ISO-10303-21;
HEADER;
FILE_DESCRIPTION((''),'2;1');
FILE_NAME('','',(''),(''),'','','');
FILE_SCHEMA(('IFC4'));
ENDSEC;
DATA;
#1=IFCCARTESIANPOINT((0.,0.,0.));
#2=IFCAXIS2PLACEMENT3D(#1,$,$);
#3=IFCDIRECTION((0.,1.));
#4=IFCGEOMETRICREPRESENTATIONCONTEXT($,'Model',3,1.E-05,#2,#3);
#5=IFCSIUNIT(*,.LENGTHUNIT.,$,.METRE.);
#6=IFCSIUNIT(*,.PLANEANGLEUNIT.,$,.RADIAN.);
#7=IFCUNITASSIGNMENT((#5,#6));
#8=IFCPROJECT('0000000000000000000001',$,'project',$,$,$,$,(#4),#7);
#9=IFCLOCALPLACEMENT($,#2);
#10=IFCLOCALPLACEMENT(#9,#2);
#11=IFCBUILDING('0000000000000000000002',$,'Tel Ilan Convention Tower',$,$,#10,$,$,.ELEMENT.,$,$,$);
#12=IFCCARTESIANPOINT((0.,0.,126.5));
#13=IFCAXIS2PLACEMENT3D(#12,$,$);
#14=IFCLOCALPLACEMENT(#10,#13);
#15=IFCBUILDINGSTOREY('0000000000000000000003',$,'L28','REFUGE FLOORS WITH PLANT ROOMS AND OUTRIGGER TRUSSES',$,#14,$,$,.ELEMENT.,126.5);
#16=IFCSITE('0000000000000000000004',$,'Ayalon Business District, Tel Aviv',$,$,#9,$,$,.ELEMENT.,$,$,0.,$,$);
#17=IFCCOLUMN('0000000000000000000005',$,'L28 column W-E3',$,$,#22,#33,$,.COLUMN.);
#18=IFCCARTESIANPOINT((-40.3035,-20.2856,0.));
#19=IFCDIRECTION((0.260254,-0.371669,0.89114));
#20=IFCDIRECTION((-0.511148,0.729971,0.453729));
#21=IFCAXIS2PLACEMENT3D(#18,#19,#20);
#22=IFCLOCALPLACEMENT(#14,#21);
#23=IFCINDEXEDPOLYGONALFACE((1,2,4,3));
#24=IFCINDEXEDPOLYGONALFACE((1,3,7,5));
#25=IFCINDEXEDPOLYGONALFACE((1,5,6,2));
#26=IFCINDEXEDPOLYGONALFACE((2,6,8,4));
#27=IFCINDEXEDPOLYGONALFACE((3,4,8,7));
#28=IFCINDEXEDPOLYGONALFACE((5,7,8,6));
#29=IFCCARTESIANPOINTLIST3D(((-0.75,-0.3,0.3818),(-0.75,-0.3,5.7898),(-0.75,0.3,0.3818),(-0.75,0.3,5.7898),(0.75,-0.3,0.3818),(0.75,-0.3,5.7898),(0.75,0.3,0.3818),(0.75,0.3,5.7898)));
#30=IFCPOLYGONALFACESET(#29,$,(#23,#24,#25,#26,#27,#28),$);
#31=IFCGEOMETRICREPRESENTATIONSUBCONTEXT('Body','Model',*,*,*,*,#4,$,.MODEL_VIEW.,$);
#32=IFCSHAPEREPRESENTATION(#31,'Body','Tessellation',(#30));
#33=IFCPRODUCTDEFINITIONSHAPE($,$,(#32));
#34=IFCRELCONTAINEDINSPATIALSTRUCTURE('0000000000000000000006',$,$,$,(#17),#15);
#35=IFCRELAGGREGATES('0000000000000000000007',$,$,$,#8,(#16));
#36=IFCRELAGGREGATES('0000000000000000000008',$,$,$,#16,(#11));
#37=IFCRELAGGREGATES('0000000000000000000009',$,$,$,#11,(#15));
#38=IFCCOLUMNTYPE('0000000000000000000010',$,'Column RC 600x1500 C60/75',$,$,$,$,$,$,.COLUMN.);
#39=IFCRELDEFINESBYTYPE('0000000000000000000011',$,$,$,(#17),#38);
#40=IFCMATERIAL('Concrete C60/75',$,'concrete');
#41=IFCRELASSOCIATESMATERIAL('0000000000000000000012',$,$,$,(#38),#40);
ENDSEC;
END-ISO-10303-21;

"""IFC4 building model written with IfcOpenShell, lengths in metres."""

from ifc_helpers import new_model, si_unit, direction, frame, origin, origin_2d, place, context, subcontext, project, spatial, rectangle, extrude, clip, halfspace, material, material_profile, profile_set, type_object, element, save


model = new_model("IFC4")

# Units and contexts
model_context = context("Model", 3, precision=1e-05, world=origin(), true_north=direction((0.0, 1.0)))
body_context = subcontext(model_context, "Body", "Model", "MODEL_VIEW")
ifc_project = project(units=[si_unit("LENGTHUNIT", "METRE"), si_unit("PLANEANGLEUNIT", "RADIAN")], contexts=[model_context])

# Site, building, storey
site_placement = place(None, origin())
site = spatial("IfcSite", under=ifc_project, at=site_placement, Name="Ayalon Business District, Tel Aviv", CompositionType="ELEMENT", RefElevation=0.0)
building_placement = place(site_placement, origin())
building = spatial("IfcBuilding", under=site, at=building_placement, Name="Tel Ilan Convention Tower", CompositionType="ELEMENT")
storey_placement = place(building_placement, frame((0.0, 0.0, 126.5)))
storey = spatial("IfcBuildingStorey", under=building, at=storey_placement, Name="L28", Description="REFUGE FLOORS WITH PLANT ROOMS AND OUTRIGGER TRUSSES", CompositionType="ELEMENT", Elevation=126.5)

# Column
ifc_material_1 = material(Name="Concrete C60/75", Category="concrete")
ifc_material_profile_1 = material_profile(ifc_material_1, rectangle(XDim=1.5, YDim=0.6001, at=origin_2d()), Name="RC 600x1500")
ifc_profile_set_1 = profile_set([ifc_material_profile_1], Name="Concrete C60/75")
column_type = type_object("IfcColumnType", Name="Column RC 600x1500 C60/75", PredefinedType="COLUMN", material=ifc_profile_set_1)
column_placement = place(storey_placement, frame((-40.3035, -20.2856, 0.0), z_axis=(0.260254, -0.371669, 0.89114), x_axis=(-0.511148, 0.729971, 0.453729)))
element("IfcColumn", 1, at=column_placement, inside=storey, type_object=column_type, Name="L28 column W-E3", PredefinedType="COLUMN", context=body_context, shape_type="Clipping", body=[
    clip(clip(extrude(rectangle(XDim=1.5, YDim=0.6001, at=origin_2d()), origin(), (0.0, 0.0, 1.0), 6.1716), halfspace(frame((0.0, 0.0, 0.3818), z_axis=(0.0, 0.0, 1.0), x_axis=(1.0, 0.0, 0.0)), True)), halfspace(frame((0.0, 0.0, 5.7898), z_axis=(0.0, 0.0, 1.0), x_axis=(1.0, 0.0, 0.0)), False)),
])

save(model, "model.ifc")
